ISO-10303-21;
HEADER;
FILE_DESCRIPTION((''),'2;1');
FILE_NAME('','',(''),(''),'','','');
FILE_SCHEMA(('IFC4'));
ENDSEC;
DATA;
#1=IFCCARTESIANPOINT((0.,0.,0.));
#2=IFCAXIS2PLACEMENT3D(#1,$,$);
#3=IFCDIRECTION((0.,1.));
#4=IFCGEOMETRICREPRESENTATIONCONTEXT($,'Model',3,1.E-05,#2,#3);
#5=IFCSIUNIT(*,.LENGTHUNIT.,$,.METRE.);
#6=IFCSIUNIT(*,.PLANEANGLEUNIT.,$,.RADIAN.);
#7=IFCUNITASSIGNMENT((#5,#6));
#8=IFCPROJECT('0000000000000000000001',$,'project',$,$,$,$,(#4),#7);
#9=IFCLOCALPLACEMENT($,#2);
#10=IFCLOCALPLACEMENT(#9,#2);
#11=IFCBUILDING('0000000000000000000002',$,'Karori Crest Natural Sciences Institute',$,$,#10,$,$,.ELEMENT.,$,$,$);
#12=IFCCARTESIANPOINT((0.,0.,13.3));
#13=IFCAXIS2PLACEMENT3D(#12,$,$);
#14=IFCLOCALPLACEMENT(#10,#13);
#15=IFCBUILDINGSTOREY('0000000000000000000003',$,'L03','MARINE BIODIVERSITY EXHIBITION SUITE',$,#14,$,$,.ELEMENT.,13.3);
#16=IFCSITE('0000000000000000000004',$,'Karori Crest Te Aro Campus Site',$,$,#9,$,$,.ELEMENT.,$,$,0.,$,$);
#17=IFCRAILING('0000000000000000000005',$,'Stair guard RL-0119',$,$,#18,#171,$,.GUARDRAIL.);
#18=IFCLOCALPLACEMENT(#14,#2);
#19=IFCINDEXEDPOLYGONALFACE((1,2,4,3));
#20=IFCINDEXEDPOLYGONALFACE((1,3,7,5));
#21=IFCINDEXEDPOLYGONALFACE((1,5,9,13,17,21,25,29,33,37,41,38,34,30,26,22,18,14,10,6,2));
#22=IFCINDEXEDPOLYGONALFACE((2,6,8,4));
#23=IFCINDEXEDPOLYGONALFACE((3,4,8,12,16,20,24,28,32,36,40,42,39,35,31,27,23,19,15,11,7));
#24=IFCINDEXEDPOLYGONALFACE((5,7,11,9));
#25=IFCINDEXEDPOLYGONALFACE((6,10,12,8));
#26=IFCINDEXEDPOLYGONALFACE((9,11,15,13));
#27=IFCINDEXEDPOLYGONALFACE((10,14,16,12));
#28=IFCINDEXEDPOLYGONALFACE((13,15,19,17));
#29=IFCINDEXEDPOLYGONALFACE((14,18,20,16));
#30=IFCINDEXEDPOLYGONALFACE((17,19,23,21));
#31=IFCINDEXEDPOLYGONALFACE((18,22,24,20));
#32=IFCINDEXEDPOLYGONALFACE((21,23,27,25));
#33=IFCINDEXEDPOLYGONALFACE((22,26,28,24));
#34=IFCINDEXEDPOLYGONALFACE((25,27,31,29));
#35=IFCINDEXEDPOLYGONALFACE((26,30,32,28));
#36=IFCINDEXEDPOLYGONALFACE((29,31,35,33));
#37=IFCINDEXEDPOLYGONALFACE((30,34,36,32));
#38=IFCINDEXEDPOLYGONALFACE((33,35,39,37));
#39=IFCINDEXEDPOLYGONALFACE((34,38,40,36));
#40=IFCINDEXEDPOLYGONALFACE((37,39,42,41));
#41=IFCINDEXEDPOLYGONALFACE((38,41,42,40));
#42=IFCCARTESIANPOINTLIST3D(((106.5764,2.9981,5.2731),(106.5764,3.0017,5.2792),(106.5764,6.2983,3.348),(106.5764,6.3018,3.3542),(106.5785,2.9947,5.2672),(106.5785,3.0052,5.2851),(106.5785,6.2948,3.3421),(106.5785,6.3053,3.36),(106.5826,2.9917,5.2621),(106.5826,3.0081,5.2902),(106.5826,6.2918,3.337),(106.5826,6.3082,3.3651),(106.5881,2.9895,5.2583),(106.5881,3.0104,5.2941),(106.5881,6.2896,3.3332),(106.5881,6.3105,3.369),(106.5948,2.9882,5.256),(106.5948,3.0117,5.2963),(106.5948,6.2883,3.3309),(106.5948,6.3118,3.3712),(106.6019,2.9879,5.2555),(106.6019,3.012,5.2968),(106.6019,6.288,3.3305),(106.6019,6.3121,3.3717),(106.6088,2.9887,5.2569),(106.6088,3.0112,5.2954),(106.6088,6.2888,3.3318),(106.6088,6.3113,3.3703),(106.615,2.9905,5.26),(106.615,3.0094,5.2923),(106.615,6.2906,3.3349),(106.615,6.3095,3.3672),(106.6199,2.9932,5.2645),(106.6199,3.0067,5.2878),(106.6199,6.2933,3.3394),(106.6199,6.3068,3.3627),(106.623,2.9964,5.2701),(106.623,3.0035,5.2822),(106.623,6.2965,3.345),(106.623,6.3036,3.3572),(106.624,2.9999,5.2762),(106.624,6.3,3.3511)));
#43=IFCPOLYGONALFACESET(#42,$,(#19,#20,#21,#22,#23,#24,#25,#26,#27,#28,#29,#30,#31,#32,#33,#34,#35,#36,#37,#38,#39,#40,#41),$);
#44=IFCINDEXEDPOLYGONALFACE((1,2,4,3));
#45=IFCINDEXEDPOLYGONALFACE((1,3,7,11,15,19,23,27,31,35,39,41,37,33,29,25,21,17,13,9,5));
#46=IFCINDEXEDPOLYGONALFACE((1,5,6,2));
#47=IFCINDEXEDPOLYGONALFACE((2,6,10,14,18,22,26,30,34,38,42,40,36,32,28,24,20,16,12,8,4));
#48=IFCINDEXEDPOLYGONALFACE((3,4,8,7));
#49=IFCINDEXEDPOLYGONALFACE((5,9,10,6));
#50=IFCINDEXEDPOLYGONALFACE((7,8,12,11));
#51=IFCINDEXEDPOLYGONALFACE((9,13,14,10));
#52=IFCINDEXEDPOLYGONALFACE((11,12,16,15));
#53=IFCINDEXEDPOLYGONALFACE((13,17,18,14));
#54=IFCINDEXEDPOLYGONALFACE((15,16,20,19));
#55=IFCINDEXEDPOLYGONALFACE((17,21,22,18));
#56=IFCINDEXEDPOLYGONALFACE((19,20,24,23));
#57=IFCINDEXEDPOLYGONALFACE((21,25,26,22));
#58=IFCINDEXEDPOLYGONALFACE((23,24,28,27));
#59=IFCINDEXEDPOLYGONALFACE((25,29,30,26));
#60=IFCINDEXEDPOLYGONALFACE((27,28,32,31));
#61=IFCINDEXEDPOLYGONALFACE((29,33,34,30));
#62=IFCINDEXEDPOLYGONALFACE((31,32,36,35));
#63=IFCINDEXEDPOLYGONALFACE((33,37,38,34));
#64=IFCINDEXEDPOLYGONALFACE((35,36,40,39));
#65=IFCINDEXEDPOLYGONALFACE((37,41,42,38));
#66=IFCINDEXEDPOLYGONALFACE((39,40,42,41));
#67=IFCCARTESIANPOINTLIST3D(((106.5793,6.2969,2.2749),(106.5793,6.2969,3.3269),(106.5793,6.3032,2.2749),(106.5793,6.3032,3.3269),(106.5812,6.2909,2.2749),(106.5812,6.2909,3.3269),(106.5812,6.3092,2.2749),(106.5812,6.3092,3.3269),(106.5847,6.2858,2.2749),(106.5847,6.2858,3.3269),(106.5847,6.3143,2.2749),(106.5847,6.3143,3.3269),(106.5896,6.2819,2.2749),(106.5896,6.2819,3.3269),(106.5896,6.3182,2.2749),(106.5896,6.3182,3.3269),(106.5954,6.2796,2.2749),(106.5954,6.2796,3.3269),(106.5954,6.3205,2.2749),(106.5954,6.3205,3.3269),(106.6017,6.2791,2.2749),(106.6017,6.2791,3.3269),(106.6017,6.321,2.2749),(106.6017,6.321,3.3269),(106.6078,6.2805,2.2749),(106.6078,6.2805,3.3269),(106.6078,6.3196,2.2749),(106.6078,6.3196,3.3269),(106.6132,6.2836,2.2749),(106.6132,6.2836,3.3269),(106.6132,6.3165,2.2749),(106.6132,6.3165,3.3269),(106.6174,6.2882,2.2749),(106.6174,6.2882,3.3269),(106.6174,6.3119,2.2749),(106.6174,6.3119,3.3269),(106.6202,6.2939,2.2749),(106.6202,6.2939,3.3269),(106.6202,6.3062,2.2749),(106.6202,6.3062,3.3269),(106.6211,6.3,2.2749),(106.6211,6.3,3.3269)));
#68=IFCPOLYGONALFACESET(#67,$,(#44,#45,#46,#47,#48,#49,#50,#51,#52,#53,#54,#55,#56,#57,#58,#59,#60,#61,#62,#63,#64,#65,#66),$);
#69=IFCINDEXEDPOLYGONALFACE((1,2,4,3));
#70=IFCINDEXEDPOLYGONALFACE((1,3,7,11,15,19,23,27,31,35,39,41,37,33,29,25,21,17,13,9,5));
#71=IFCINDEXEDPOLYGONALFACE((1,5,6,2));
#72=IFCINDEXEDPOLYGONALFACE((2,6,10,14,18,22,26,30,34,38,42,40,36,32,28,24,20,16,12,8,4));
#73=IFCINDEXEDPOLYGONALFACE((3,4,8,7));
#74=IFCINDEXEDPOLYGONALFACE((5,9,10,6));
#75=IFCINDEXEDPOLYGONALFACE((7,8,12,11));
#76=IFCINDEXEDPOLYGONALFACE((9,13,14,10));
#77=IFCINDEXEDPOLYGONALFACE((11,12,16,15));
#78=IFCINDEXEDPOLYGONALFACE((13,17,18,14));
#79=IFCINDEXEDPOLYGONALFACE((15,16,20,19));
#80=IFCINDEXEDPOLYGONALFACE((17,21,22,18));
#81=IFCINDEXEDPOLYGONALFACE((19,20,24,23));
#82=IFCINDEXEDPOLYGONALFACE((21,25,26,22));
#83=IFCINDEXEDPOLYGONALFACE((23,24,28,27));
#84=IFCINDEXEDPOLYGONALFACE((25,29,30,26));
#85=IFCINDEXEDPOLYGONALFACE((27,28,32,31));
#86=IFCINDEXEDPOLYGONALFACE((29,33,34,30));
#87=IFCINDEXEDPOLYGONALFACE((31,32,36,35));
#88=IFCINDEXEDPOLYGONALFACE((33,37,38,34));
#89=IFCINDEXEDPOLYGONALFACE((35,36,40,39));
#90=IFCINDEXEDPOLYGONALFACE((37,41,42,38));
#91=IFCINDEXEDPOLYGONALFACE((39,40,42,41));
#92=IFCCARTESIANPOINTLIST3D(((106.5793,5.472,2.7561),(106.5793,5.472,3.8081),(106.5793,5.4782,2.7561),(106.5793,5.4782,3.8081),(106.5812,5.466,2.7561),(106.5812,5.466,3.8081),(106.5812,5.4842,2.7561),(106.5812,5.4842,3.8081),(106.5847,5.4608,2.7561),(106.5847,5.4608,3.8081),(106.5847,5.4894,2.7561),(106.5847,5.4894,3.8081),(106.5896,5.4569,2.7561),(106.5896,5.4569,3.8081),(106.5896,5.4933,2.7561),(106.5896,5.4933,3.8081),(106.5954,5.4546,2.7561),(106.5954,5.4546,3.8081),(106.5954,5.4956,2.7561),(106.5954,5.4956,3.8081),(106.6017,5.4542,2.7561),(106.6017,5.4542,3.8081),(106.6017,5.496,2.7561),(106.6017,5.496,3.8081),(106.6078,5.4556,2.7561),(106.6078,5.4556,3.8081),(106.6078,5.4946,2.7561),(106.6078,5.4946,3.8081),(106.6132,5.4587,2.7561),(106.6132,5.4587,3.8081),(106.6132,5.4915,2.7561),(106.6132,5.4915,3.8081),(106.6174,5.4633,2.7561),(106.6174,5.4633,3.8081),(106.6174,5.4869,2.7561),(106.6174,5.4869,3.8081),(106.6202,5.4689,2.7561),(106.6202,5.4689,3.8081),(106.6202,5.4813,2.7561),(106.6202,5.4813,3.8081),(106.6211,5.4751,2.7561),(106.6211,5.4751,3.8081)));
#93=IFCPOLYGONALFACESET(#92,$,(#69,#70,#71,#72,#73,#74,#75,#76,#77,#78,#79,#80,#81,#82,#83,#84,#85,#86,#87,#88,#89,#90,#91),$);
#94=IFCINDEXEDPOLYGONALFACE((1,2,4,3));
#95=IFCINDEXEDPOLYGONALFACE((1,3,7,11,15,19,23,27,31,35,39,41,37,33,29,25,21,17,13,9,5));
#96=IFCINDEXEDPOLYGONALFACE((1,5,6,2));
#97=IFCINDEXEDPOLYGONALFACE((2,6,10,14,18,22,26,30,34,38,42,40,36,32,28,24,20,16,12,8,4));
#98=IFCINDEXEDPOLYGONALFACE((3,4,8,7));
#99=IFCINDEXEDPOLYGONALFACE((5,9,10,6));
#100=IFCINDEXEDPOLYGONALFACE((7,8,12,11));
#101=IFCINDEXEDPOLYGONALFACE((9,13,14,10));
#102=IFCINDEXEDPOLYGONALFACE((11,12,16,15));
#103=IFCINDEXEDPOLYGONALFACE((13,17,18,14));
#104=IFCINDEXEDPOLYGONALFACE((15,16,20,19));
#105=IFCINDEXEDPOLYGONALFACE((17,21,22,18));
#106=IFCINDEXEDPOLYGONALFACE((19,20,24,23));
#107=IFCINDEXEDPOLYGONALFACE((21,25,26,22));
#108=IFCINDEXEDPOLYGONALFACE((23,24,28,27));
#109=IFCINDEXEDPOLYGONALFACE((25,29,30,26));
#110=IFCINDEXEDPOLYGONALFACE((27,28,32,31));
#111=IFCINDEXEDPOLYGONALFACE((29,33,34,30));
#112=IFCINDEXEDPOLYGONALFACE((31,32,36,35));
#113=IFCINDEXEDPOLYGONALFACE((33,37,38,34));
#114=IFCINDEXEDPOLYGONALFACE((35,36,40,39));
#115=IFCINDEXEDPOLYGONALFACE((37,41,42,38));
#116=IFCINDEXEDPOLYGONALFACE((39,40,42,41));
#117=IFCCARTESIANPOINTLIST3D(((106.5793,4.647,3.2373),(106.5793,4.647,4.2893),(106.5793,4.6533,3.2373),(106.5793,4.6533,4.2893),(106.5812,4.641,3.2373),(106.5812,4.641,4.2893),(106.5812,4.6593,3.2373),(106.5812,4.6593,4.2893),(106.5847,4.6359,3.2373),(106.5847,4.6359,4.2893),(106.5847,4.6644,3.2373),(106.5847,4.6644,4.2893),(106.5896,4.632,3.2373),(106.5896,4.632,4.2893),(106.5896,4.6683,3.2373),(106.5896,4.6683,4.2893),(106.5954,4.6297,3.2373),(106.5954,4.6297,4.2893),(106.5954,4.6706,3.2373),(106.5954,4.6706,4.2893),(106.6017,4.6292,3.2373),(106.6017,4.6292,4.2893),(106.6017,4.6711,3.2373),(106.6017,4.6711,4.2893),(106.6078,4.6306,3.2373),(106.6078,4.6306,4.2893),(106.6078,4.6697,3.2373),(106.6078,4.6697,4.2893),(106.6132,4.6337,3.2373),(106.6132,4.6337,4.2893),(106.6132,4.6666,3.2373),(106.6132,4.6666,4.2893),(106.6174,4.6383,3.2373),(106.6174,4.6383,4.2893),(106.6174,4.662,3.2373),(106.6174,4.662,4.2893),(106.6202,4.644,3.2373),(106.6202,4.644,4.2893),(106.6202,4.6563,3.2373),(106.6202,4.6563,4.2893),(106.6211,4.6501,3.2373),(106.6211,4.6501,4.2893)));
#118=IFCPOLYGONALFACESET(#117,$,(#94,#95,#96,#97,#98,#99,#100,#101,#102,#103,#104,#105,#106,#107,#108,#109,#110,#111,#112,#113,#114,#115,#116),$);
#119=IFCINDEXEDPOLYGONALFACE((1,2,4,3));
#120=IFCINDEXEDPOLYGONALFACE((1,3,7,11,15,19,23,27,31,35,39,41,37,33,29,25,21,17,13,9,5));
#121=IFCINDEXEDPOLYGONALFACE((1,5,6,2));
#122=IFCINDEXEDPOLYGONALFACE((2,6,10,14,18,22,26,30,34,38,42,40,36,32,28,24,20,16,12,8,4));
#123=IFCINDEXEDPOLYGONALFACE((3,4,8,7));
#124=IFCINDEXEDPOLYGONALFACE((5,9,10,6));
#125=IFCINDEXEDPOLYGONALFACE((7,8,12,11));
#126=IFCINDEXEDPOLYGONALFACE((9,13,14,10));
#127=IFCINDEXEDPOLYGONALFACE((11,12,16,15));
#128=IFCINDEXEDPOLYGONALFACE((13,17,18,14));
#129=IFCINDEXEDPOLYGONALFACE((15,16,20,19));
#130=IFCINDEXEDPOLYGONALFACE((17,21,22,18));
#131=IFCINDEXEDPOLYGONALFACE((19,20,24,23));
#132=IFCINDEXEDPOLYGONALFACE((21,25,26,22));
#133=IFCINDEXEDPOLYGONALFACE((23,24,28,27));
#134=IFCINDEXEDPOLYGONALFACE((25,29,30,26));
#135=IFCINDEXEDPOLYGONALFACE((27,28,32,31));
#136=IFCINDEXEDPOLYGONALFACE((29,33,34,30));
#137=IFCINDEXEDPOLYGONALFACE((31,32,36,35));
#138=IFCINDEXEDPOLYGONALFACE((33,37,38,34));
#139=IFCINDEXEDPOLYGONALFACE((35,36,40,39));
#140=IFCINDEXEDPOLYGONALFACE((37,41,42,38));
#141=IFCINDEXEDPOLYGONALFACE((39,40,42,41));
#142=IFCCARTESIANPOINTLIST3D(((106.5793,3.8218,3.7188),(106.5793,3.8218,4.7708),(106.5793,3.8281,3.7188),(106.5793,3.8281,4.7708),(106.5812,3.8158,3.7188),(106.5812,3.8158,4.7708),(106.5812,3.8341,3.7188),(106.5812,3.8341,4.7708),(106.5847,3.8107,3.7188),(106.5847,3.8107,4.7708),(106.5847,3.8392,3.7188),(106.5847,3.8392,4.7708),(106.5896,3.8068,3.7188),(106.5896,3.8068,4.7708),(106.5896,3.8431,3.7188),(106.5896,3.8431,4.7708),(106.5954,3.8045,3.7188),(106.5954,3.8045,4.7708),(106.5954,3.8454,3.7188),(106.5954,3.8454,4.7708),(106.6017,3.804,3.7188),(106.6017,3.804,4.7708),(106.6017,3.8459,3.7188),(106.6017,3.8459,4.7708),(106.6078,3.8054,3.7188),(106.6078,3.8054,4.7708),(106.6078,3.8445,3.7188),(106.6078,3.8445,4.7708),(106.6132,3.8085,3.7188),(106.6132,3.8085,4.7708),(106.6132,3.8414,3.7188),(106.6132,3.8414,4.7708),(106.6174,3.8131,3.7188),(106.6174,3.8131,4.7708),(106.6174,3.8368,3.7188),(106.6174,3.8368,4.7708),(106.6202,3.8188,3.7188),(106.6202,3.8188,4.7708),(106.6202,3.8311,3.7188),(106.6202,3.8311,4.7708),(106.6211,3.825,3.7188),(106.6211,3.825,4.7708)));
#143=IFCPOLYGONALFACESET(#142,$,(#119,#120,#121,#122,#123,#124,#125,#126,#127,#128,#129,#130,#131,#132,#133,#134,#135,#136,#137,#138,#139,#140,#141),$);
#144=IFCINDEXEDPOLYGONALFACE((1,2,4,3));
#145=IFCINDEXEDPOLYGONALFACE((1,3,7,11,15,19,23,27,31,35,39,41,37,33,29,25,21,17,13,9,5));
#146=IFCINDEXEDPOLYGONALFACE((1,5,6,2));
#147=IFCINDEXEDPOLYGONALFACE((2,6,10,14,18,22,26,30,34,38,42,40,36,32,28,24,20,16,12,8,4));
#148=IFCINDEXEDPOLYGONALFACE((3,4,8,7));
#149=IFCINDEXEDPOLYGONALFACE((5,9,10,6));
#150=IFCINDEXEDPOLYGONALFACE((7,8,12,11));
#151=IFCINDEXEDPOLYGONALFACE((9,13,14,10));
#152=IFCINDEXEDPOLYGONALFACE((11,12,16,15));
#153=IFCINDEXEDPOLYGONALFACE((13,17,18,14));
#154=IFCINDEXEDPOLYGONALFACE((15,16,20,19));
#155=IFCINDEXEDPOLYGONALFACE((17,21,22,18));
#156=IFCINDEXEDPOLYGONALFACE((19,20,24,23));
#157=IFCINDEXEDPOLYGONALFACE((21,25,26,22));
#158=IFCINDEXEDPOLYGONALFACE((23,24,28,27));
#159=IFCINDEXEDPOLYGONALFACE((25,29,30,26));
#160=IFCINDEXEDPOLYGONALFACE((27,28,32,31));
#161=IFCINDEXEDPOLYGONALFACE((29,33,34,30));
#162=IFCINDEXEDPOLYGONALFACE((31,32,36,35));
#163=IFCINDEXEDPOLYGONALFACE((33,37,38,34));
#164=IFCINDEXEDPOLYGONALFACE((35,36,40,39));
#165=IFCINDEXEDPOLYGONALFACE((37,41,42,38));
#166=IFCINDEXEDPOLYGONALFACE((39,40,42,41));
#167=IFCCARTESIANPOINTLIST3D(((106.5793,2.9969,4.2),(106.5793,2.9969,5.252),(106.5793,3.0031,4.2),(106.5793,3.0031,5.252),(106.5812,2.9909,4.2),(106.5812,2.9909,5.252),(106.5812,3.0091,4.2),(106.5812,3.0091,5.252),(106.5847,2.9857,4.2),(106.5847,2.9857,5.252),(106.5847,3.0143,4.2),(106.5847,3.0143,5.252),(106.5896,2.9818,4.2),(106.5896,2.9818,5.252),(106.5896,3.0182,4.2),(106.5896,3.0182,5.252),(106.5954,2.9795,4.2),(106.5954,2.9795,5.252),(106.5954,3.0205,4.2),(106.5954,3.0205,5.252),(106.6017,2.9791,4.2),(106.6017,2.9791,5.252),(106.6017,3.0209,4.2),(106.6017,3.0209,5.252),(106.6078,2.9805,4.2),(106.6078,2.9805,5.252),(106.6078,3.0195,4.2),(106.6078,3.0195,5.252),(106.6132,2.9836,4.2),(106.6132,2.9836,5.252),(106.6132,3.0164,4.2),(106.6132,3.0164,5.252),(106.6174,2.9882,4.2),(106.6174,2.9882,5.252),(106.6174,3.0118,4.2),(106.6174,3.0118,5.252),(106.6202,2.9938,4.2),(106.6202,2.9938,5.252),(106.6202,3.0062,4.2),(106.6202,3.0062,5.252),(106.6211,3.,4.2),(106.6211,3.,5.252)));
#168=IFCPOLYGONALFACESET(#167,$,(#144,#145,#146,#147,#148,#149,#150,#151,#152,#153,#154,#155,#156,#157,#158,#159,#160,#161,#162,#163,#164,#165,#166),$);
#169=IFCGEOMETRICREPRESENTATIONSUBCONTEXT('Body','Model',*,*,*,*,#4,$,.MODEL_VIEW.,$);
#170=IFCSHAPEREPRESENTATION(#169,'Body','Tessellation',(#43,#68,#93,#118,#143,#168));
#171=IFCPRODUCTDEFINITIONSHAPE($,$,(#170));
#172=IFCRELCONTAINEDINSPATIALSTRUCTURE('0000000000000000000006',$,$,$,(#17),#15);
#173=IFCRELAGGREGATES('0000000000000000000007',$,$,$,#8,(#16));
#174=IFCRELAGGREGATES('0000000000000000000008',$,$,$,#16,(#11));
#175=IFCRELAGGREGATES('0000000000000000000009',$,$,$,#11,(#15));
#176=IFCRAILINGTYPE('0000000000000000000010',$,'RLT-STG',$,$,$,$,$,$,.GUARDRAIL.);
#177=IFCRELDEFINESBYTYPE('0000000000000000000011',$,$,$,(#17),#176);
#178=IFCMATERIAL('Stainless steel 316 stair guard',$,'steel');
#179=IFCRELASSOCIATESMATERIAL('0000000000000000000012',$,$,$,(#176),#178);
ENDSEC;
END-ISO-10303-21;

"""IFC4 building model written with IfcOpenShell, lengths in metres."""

from ifc_helpers import new_model, si_unit, direction, frame, origin, origin_2d, place, context, subcontext, project, spatial, circle, extrude, material, type_object, element, save


model = new_model("IFC4")

# Units and contexts
model_context = context("Model", 3, precision=1e-05, world=origin(), true_north=direction((0.0, 1.0)))
body_context = subcontext(model_context, "Body", "Model", "MODEL_VIEW")
ifc_project = project(units=[si_unit("LENGTHUNIT", "METRE"), si_unit("PLANEANGLEUNIT", "RADIAN")], contexts=[model_context])

# Site, building, storey
site_placement = place(None, origin())
site = spatial("IfcSite", under=ifc_project, at=site_placement, Name="Karori Crest Te Aro Campus Site", CompositionType="ELEMENT", RefElevation=0.0)
building_placement = place(site_placement, origin())
building = spatial("IfcBuilding", under=site, at=building_placement, Name="Karori Crest Natural Sciences Institute", CompositionType="ELEMENT")
storey_placement = place(building_placement, frame((0.0, 0.0, 13.3)))
storey = spatial("IfcBuildingStorey", under=building, at=storey_placement, Name="L03", Description="MARINE BIODIVERSITY EXHIBITION SUITE", CompositionType="ELEMENT", Elevation=13.3)

# Railing
ifc_material_1 = material(Name="Stainless steel 316 stair guard", Category="steel")
railing_type_1 = type_object("IfcRailingType", Name="RLT-STG", PredefinedType="GUARDRAIL", material=ifc_material_1)
railing_1_placement = place(storey_placement, frame((106.6001, 6.3, 2.2749)))
element("IfcRailing", 1, at=railing_1_placement, inside=storey, type_object=railing_type_1, Name="Stair guard RL-0119", PredefinedType="GUARDRAIL", context=body_context, shape_type="SweptSolid", body=[
    extrude(circle(Radius=0.0239, at=origin_2d()), frame((0.0, 0.0, 1.0762), z_axis=(0.0, -0.863777, 0.503875), x_axis=(1.0, 0.0, 0.0)), (0.0, 0.0, 1.0), 3.8206),
    extrude(circle(Radius=0.021, at=origin_2d()), origin(), (0.0, 0.0, 1.0), 1.052),
    extrude(circle(Radius=0.021, at=origin_2d()), frame((0.0, -0.825, 0.4812)), (0.0, 0.0, 1.0), 1.052),
    extrude(circle(Radius=0.021, at=origin_2d()), frame((0.0, -1.6499, 0.9624)), (0.0, 0.0, 1.0), 1.052),
    extrude(circle(Radius=0.021, at=origin_2d()), frame((0.0, -2.4751, 1.4438)), (0.0, 0.0, 1.0), 1.052),
    extrude(circle(Radius=0.021, at=origin_2d()), frame((0.0, -3.3, 1.925)), (0.0, 0.0, 1.0), 1.052),
])

save(model, "model.ifc")
